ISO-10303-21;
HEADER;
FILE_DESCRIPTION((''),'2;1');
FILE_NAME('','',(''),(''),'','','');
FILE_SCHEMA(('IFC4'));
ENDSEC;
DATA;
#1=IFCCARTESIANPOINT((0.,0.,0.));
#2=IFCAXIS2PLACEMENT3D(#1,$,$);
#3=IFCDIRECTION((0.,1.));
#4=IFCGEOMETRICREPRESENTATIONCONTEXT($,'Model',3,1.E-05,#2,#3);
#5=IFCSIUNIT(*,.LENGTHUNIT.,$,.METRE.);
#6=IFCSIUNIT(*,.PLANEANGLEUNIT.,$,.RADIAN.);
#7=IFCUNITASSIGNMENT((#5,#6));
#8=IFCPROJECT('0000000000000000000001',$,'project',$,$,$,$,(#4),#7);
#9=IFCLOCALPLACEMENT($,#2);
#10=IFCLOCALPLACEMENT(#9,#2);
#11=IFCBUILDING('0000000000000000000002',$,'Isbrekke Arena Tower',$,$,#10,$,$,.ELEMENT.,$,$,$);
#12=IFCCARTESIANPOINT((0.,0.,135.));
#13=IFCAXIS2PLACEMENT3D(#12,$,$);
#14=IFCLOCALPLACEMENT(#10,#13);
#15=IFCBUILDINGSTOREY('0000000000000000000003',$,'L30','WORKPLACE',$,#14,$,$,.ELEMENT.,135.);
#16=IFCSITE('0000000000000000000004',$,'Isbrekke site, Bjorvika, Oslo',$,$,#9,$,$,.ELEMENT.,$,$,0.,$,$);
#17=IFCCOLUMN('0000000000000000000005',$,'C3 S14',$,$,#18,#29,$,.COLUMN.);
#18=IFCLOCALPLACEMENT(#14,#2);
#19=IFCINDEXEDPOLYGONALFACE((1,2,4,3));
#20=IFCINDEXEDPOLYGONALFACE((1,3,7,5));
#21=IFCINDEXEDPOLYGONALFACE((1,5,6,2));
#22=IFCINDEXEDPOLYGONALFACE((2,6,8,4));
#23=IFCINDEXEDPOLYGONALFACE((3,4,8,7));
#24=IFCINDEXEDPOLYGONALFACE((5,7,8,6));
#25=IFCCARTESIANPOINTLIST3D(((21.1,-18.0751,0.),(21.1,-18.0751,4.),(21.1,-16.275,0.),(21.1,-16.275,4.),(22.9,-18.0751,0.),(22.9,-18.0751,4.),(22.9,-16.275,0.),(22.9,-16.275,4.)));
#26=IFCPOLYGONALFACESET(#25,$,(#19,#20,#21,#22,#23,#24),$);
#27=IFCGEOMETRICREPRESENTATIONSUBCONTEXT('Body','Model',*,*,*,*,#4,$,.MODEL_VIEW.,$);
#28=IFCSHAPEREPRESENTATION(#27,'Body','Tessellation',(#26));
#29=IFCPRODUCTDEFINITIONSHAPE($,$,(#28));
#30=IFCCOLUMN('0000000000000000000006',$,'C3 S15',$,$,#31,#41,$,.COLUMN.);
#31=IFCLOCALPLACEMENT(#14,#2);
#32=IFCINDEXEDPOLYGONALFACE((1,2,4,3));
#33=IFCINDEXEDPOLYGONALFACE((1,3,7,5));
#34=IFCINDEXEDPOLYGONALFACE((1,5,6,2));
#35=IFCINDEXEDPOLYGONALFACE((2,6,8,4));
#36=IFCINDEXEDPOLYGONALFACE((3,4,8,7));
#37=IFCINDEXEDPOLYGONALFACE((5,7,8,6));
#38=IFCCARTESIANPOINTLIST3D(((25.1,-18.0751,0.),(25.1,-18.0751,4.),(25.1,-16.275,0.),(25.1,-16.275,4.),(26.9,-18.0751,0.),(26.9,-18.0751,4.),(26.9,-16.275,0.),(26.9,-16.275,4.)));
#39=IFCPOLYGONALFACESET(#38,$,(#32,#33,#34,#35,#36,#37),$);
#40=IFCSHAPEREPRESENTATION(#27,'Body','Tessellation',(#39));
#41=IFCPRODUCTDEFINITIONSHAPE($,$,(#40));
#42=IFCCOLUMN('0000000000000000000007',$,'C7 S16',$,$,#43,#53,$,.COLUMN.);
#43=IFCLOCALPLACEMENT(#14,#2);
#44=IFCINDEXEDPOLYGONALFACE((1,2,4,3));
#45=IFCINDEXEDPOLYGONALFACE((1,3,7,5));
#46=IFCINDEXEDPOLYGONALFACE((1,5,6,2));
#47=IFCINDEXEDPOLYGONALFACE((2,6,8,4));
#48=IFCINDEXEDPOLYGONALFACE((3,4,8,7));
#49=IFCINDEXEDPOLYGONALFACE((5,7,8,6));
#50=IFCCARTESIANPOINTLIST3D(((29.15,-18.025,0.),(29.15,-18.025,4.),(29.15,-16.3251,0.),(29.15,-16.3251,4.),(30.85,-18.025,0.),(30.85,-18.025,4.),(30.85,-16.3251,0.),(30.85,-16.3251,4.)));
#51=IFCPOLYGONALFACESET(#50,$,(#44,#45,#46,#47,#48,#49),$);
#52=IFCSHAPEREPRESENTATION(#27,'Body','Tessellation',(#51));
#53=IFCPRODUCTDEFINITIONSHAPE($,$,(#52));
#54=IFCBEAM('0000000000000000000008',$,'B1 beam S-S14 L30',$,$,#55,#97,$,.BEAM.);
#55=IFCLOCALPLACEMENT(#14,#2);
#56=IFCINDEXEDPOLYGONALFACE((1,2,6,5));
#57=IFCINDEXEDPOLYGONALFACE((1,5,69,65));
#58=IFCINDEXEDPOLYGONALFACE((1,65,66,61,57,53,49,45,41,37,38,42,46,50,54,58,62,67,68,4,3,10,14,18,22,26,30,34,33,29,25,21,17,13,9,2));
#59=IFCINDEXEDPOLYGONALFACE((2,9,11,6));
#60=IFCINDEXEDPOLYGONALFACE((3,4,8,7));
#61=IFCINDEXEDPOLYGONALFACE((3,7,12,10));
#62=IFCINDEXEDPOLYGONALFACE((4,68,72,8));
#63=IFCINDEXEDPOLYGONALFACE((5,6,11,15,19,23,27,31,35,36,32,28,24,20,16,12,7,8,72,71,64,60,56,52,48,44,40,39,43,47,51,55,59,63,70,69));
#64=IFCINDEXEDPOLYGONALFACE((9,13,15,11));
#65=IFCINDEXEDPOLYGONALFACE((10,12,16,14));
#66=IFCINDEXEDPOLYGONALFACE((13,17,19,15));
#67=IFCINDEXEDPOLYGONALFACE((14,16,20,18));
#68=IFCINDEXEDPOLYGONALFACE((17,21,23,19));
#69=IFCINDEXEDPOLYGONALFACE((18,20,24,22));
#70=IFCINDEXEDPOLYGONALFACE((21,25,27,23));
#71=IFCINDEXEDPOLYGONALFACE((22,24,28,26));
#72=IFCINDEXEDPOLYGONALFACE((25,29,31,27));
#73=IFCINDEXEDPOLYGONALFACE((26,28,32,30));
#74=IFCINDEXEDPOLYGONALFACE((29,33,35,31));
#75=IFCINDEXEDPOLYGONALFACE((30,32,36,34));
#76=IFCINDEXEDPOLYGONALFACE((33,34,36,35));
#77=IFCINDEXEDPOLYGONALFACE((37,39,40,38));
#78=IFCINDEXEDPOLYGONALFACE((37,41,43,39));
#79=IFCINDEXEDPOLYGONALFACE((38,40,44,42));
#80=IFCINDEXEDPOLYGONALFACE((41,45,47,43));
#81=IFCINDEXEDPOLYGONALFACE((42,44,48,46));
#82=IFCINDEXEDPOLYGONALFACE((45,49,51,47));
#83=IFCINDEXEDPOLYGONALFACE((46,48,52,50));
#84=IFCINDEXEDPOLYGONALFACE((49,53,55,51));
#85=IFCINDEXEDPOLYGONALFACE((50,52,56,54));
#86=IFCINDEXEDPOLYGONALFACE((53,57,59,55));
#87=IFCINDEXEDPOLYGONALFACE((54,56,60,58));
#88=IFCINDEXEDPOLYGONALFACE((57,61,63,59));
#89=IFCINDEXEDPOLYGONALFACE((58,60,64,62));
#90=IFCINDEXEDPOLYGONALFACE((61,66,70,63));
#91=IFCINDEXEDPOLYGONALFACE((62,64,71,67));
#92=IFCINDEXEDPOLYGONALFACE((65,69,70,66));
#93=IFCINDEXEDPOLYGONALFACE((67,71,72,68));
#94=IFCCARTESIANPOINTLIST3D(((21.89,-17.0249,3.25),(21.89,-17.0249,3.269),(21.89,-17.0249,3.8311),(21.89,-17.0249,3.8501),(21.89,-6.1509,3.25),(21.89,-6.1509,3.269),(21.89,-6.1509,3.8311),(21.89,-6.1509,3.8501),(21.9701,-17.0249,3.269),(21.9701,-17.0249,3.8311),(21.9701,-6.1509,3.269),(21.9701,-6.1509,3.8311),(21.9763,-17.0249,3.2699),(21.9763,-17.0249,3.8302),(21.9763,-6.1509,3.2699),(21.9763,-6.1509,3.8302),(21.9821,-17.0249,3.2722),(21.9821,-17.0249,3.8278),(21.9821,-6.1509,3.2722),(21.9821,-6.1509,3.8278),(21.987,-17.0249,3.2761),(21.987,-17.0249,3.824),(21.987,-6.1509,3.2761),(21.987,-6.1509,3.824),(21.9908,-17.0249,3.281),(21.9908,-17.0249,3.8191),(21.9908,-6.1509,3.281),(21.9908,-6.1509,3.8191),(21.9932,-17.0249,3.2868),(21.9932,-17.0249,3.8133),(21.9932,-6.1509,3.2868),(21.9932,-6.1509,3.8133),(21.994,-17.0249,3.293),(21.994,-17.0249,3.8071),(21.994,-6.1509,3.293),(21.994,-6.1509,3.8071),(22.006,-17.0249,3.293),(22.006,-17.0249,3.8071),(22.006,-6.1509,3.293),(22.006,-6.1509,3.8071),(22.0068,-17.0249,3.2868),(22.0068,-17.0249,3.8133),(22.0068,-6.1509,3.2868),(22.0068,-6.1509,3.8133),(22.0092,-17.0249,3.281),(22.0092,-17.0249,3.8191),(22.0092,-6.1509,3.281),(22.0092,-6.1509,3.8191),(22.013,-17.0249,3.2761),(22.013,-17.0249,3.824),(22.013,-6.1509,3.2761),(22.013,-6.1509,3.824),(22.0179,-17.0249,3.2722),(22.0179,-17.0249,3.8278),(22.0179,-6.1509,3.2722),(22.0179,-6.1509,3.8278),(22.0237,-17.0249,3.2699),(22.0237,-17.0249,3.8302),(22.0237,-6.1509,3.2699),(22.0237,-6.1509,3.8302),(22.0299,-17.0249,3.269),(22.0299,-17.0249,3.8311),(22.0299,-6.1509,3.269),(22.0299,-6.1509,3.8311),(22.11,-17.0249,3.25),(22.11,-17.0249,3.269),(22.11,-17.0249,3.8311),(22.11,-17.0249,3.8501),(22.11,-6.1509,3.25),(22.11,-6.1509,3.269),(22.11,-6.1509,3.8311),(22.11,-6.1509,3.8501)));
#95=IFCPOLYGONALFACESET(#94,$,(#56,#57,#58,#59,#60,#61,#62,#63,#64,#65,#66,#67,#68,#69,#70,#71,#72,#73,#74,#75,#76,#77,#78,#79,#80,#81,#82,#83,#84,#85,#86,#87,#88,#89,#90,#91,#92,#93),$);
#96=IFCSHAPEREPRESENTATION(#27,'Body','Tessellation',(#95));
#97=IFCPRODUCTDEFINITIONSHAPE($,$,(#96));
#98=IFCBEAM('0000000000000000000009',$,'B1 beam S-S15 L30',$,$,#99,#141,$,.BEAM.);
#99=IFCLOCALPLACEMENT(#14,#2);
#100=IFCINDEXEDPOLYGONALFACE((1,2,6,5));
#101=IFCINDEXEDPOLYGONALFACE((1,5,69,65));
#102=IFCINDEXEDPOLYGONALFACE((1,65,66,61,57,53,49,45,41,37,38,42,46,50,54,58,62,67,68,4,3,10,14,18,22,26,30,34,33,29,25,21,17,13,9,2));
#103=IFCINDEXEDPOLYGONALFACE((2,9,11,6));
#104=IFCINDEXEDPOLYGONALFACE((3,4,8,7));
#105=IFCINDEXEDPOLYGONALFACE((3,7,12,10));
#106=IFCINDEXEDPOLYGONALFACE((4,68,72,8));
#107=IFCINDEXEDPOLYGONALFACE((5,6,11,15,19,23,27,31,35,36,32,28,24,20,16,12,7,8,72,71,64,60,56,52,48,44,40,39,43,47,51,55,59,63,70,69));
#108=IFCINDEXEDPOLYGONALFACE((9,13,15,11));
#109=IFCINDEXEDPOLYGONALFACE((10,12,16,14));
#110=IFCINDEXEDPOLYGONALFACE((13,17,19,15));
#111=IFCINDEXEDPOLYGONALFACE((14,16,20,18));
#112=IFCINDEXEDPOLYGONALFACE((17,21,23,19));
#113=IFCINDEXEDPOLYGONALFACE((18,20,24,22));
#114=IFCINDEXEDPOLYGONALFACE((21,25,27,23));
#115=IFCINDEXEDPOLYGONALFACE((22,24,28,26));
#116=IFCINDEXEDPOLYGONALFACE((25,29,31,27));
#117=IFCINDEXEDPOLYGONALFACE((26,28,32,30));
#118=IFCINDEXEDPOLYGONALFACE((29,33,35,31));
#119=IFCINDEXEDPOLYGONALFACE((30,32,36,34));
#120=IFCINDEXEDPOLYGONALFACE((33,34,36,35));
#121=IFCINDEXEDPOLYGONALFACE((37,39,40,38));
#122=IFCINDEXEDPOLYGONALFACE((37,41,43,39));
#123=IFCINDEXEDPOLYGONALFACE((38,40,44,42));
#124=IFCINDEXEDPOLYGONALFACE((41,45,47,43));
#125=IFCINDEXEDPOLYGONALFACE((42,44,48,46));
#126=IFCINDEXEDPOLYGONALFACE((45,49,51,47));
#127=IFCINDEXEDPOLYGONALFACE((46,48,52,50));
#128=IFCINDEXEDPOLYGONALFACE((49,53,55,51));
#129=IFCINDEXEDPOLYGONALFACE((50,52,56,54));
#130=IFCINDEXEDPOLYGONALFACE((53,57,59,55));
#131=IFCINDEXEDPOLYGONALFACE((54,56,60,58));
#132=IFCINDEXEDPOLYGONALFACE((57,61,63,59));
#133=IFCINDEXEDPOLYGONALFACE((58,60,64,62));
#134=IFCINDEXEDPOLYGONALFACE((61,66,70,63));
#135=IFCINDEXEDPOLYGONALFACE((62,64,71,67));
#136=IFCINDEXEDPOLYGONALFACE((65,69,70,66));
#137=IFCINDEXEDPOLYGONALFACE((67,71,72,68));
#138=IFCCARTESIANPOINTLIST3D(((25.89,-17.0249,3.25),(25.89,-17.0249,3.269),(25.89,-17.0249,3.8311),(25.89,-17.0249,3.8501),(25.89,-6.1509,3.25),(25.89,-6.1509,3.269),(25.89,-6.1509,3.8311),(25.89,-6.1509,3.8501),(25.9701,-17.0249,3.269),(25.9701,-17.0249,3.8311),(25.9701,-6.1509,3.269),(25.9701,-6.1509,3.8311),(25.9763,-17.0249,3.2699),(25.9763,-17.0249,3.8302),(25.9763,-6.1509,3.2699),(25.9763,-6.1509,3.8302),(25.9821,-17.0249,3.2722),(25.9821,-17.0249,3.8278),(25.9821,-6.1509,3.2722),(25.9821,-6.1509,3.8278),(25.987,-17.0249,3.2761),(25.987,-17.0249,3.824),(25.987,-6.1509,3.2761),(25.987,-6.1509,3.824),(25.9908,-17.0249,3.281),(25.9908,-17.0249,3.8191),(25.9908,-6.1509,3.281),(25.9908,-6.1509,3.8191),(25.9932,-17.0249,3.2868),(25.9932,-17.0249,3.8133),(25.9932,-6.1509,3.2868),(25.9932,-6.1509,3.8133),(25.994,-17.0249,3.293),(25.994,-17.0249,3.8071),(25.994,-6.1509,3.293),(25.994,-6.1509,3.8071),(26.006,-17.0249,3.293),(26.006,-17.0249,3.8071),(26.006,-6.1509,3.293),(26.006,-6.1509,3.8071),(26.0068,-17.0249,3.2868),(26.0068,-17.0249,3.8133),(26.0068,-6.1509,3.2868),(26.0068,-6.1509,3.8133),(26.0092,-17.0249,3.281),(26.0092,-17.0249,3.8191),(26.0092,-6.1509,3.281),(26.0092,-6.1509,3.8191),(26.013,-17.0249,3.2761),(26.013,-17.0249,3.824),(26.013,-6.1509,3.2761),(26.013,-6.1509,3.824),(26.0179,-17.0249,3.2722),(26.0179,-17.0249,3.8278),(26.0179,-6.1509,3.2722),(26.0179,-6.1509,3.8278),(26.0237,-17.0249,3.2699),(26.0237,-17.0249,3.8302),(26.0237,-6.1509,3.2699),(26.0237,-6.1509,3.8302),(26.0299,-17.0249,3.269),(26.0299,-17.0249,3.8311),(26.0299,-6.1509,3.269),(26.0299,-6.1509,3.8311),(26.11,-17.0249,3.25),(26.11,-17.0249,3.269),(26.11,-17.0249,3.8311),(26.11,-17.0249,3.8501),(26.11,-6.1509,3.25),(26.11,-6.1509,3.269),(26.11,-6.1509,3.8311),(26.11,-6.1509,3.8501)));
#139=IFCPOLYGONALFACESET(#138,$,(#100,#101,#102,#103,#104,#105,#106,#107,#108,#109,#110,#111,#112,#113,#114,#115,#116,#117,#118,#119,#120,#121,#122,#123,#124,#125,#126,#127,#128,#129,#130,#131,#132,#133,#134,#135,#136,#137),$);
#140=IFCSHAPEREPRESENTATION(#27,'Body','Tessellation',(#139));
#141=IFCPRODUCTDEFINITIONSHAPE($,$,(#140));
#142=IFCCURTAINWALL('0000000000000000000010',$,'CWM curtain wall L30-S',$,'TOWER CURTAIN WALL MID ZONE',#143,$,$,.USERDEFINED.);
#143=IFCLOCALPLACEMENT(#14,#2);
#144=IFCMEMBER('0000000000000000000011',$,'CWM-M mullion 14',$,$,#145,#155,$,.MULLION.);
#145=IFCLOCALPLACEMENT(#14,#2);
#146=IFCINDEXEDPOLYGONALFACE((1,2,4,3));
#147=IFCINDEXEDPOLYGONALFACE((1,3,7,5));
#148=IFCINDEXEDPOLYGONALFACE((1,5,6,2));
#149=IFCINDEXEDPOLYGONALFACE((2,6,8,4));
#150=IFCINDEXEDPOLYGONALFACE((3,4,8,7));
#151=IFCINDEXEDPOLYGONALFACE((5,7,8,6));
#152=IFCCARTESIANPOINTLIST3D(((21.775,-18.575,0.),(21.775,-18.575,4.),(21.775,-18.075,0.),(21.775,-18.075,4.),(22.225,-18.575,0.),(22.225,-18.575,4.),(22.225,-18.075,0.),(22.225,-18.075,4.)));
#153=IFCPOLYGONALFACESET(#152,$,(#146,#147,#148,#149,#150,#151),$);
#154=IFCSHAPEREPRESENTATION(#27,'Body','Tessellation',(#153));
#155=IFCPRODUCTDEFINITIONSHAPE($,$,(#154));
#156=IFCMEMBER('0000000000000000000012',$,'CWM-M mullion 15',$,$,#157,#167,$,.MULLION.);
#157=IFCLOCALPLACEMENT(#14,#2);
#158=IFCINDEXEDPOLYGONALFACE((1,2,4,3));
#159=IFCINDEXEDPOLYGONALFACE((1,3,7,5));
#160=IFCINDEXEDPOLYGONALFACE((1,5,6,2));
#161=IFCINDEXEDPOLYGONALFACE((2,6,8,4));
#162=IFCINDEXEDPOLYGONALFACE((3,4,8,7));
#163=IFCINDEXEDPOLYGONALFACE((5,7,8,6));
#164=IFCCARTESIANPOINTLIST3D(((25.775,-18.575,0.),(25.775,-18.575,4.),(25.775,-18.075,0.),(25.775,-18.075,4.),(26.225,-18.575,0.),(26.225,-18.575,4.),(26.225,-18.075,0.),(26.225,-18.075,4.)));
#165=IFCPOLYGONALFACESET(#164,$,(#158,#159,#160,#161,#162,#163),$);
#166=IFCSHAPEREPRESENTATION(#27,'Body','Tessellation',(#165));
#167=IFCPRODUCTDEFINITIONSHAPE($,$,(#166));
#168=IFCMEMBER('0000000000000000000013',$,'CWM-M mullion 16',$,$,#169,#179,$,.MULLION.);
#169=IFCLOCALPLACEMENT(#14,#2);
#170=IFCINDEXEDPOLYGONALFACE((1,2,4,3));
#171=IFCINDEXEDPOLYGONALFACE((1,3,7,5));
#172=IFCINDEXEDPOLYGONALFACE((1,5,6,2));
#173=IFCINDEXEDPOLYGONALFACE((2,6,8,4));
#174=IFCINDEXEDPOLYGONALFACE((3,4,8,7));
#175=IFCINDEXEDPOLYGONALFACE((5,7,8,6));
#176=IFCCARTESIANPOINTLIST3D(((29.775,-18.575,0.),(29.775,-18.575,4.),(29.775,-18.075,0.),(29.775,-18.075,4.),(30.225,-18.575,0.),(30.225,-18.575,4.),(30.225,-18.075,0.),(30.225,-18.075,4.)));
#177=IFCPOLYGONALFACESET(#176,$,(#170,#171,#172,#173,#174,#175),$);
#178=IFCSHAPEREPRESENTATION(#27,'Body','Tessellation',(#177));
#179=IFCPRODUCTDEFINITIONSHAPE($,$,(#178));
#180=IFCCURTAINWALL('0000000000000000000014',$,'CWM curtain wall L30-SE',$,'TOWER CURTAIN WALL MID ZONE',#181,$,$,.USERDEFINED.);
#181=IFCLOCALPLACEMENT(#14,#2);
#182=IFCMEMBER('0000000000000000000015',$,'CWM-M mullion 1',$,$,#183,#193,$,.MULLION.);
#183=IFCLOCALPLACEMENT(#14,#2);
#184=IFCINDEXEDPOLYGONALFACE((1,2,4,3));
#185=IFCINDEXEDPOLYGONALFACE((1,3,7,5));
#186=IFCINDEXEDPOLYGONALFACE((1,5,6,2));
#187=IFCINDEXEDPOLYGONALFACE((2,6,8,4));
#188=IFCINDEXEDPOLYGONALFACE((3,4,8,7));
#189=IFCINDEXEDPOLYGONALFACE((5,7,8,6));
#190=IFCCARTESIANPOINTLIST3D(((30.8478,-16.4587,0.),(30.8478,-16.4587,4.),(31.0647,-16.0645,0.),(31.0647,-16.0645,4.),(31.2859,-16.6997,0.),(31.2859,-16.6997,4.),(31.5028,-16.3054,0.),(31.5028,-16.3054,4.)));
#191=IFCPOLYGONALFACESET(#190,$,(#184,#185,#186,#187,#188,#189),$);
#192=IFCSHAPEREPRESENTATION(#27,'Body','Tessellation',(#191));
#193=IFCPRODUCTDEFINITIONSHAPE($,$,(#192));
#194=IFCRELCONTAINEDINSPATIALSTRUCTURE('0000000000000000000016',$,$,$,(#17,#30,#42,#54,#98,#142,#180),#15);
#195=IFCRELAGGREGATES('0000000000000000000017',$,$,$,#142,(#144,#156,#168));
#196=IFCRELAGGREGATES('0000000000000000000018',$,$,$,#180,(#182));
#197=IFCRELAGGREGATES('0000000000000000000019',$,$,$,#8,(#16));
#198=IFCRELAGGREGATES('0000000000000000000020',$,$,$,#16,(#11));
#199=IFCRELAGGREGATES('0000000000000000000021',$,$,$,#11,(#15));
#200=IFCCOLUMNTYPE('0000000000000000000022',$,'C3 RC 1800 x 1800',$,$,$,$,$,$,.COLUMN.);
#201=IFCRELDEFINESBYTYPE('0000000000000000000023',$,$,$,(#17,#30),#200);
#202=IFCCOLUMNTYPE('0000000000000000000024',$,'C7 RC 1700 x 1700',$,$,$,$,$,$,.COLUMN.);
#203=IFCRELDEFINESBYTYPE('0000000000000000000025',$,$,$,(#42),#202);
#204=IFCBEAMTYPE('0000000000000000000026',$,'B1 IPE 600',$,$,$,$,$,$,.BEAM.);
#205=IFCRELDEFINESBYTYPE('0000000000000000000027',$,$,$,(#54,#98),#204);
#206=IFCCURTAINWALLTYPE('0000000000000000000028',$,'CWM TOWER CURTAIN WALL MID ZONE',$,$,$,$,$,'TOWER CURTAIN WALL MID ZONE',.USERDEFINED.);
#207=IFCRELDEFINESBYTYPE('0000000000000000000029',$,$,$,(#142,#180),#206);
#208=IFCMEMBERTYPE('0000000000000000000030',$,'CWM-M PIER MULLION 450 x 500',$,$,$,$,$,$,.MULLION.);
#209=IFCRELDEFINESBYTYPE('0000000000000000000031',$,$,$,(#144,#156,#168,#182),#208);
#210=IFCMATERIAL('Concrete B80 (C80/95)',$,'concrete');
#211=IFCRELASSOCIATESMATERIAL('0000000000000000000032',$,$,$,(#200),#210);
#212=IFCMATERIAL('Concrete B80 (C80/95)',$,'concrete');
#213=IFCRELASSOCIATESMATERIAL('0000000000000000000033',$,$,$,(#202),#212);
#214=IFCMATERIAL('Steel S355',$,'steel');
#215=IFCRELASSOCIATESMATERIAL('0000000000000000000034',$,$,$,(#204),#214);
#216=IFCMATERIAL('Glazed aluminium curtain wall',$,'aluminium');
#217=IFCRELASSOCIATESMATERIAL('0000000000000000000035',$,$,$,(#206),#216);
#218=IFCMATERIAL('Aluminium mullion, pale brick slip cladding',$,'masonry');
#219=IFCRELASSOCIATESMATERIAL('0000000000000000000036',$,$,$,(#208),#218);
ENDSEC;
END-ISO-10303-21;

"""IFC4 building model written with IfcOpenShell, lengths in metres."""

from ifc_helpers import new_model, si_unit, direction, frame, origin, origin_2d, place, context, subcontext, project, spatial, rectangle, i_section, extrude, material, material_profile, profile_set, type_object, element, aggregate, save


model = new_model("IFC4")

# Units and contexts
model_context = context("Model", 3, precision=1e-05, world=origin(), true_north=direction((0.0, 1.0)))
body_context = subcontext(model_context, "Body", "Model", "MODEL_VIEW")
ifc_project = project(units=[si_unit("LENGTHUNIT", "METRE"), si_unit("PLANEANGLEUNIT", "RADIAN")], contexts=[model_context])

# Site, building, storey
site_placement = place(None, origin())
site = spatial("IfcSite", under=ifc_project, at=site_placement, Name="Isbrekke site, Bjorvika, Oslo", CompositionType="ELEMENT", RefElevation=0.0)
building_placement = place(site_placement, origin())
building = spatial("IfcBuilding", under=site, at=building_placement, Name="Isbrekke Arena Tower", CompositionType="ELEMENT")
storey_placement = place(building_placement, frame((0.0, 0.0, 135.0)))
storey = spatial("IfcBuildingStorey", under=building, at=storey_placement, Name="L30", Description="WORKPLACE", CompositionType="ELEMENT", Elevation=135.0)

# Columns
ifc_material_1 = material(Name="Concrete B80 (C80/95)", Category="concrete")
ifc_material_profile_1 = material_profile(ifc_material_1, rectangle(XDim=1.8, YDim=1.8, at=origin_2d()), Name="RC 1800x1800")
ifc_profile_set_1 = profile_set([ifc_material_profile_1], Name="Concrete B80 (C80/95)")
column_type_1 = type_object("IfcColumnType", Name="C3 RC 1800 x 1800", PredefinedType="COLUMN", material=ifc_profile_set_1)
for number, where, z_axis, x_axis, name in (
    (1, (22.0, -17.175, 0.0), (0.0, 0.0, 1.0), (1.0, 0.0, 0.0), "C3 S14"),
    (2, (26.0, -17.175, 0.0), (0.0, 0.0, 1.0), (1.0, 0.0, 0.0), "C3 S15"),
):
    element("IfcColumn", number, at=place(storey_placement, frame(where, z_axis=z_axis, x_axis=x_axis)), inside=storey, type_object=column_type_1, Name=name, PredefinedType="COLUMN", context=body_context, shape_type="SweptSolid", body=[
        extrude(rectangle(XDim=1.8, YDim=1.8, at=origin_2d()), origin(), (0.0, 0.0, 1.0), 4.0),
    ])
ifc_material_2 = material(Name="Concrete B80 (C80/95)", Category="concrete")
ifc_material_profile_2 = material_profile(ifc_material_2, rectangle(XDim=1.7, YDim=1.7, at=origin_2d()), Name="RC 1700x1700")
ifc_profile_set_2 = profile_set([ifc_material_profile_2], Name="Concrete B80 (C80/95)")
column_type_2 = type_object("IfcColumnType", Name="C7 RC 1700 x 1700", PredefinedType="COLUMN", material=ifc_profile_set_2)
column_placement = place(storey_placement, frame((30.0, -17.175, 0.0), z_axis=(0.0, 0.0, 1.0), x_axis=(1.0, 0.0, 0.0)))
element("IfcColumn", 3, at=column_placement, inside=storey, type_object=column_type_2, Name="C7 S16", PredefinedType="COLUMN", context=body_context, shape_type="SweptSolid", body=[
    extrude(rectangle(XDim=1.7, YDim=1.7, at=origin_2d()), origin(), (0.0, 0.0, 1.0), 4.0),
])

# Beams
ifc_material_3 = material(Name="Steel S355", Category="steel")
ifc_material_profile_3 = material_profile(ifc_material_3, i_section(OverallWidth=0.22, OverallDepth=0.6001, WebThickness=0.012, FlangeThickness=0.019, FilletRadius=0.0239, at=origin_2d()), Name="IPE 600")
ifc_profile_set_3 = profile_set([ifc_material_profile_3], Name="Steel S355")
beam_type_1 = type_object("IfcBeamType", Name="B1 IPE 600", PredefinedType="BEAM", material=ifc_profile_set_3)
for number, where, z_axis, x_axis, name in (
    (4, (22.0, -17.0249, 3.55), (0.0, 1.0, 0.0), (-1.0, 0.0, 0.0), "B1 beam S-S14 L30"),
    (5, (26.0, -17.0249, 3.55), (0.0, 1.0, 0.0), (-1.0, 0.0, 0.0), "B1 beam S-S15 L30"),
):
    element("IfcBeam", number, at=place(storey_placement, frame(where, z_axis=z_axis, x_axis=x_axis)), inside=storey, type_object=beam_type_1, Name=name, PredefinedType="BEAM", context=body_context, shape_type="SweptSolid", body=[
        extrude(i_section(OverallWidth=0.22, OverallDepth=0.6001, WebThickness=0.012, FlangeThickness=0.019, FilletRadius=0.0239, at=origin_2d()), origin(), (0.0, 0.0, 1.0), 10.874),
    ])

# Curtain walls, members
ifc_material_4 = material(Name="Glazed aluminium curtain wall", Category="aluminium")
curtain_wall_type = type_object("IfcCurtainWallType", Name="CWM TOWER CURTAIN WALL MID ZONE", ElementType="TOWER CURTAIN WALL MID ZONE", PredefinedType="USERDEFINED", material=ifc_material_4)
curtain_wall_1_placement = place(storey_placement, origin())
curtain_wall_1 = element("IfcCurtainWall", 6, at=curtain_wall_1_placement, inside=storey, type_object=curtain_wall_type, Name="CWM curtain wall L30-S", ObjectType="TOWER CURTAIN WALL MID ZONE", PredefinedType="USERDEFINED")
ifc_material_5 = material(Name="Aluminium mullion, pale brick slip cladding", Category="masonry")
ifc_material_profile_4 = material_profile(ifc_material_5, rectangle(XDim=0.45, YDim=0.5, at=origin_2d()), Name="PIER 450X500")
ifc_profile_set_4 = profile_set([ifc_material_profile_4], Name="Aluminium mullion, pale brick slip cladding")
member_type_1 = type_object("IfcMemberType", Name="CWM-M PIER MULLION 450 x 500", PredefinedType="MULLION", material=ifc_profile_set_4)
member_1_placement = place(storey_placement, frame((22.0, -18.325, 0.0), z_axis=(0.0, 0.0, 1.0), x_axis=(1.0, 0.0, 0.0)))
member_1 = element("IfcMember", 7, at=member_1_placement, type_object=member_type_1, Name="CWM-M mullion 14", PredefinedType="MULLION", context=body_context, shape_type="SweptSolid", body=[
    extrude(rectangle(XDim=0.45, YDim=0.5, at=origin_2d()), origin(), (0.0, 0.0, 1.0), 4.0),
])
member_2_placement = place(storey_placement, frame((26.0, -18.325, 0.0), z_axis=(0.0, 0.0, 1.0), x_axis=(1.0, 0.0, 0.0)))
member_2 = element("IfcMember", 8, at=member_2_placement, type_object=member_type_1, Name="CWM-M mullion 15", PredefinedType="MULLION", context=body_context, shape_type="SweptSolid", body=[
    extrude(rectangle(XDim=0.45, YDim=0.5, at=origin_2d()), origin(), (0.0, 0.0, 1.0), 4.0),
])
member_3_placement = place(storey_placement, frame((30.0, -18.325, 0.0), z_axis=(0.0, 0.0, 1.0), x_axis=(1.0, 0.0, 0.0)))
member_3 = element("IfcMember", 9, at=member_3_placement, type_object=member_type_1, Name="CWM-M mullion 16", PredefinedType="MULLION", context=body_context, shape_type="SweptSolid", body=[
    extrude(rectangle(XDim=0.45, YDim=0.5, at=origin_2d()), origin(), (0.0, 0.0, 1.0), 4.0),
])
curtain_wall_2_placement = place(storey_placement, origin())
curtain_wall_2 = element("IfcCurtainWall", 10, at=curtain_wall_2_placement, inside=storey, type_object=curtain_wall_type, Name="CWM curtain wall L30-SE", ObjectType="TOWER CURTAIN WALL MID ZONE", PredefinedType="USERDEFINED")
member_4_placement = place(storey_placement, frame((31.1753, -16.3821, 0.0), z_axis=(0.0, 0.0, 1.0), x_axis=(0.481919, 0.876216, 0.0)))
member_4 = element("IfcMember", 11, at=member_4_placement, type_object=member_type_1, Name="CWM-M mullion 1", PredefinedType="MULLION", context=body_context, shape_type="SweptSolid", body=[
    extrude(rectangle(XDim=0.45, YDim=0.5, at=origin_2d()), origin(), (0.0, 0.0, 1.0), 4.0),
])

aggregate(curtain_wall_1, [member_1, member_2, member_3])
aggregate(curtain_wall_2, [member_4])

save(model, "model.ifc")
